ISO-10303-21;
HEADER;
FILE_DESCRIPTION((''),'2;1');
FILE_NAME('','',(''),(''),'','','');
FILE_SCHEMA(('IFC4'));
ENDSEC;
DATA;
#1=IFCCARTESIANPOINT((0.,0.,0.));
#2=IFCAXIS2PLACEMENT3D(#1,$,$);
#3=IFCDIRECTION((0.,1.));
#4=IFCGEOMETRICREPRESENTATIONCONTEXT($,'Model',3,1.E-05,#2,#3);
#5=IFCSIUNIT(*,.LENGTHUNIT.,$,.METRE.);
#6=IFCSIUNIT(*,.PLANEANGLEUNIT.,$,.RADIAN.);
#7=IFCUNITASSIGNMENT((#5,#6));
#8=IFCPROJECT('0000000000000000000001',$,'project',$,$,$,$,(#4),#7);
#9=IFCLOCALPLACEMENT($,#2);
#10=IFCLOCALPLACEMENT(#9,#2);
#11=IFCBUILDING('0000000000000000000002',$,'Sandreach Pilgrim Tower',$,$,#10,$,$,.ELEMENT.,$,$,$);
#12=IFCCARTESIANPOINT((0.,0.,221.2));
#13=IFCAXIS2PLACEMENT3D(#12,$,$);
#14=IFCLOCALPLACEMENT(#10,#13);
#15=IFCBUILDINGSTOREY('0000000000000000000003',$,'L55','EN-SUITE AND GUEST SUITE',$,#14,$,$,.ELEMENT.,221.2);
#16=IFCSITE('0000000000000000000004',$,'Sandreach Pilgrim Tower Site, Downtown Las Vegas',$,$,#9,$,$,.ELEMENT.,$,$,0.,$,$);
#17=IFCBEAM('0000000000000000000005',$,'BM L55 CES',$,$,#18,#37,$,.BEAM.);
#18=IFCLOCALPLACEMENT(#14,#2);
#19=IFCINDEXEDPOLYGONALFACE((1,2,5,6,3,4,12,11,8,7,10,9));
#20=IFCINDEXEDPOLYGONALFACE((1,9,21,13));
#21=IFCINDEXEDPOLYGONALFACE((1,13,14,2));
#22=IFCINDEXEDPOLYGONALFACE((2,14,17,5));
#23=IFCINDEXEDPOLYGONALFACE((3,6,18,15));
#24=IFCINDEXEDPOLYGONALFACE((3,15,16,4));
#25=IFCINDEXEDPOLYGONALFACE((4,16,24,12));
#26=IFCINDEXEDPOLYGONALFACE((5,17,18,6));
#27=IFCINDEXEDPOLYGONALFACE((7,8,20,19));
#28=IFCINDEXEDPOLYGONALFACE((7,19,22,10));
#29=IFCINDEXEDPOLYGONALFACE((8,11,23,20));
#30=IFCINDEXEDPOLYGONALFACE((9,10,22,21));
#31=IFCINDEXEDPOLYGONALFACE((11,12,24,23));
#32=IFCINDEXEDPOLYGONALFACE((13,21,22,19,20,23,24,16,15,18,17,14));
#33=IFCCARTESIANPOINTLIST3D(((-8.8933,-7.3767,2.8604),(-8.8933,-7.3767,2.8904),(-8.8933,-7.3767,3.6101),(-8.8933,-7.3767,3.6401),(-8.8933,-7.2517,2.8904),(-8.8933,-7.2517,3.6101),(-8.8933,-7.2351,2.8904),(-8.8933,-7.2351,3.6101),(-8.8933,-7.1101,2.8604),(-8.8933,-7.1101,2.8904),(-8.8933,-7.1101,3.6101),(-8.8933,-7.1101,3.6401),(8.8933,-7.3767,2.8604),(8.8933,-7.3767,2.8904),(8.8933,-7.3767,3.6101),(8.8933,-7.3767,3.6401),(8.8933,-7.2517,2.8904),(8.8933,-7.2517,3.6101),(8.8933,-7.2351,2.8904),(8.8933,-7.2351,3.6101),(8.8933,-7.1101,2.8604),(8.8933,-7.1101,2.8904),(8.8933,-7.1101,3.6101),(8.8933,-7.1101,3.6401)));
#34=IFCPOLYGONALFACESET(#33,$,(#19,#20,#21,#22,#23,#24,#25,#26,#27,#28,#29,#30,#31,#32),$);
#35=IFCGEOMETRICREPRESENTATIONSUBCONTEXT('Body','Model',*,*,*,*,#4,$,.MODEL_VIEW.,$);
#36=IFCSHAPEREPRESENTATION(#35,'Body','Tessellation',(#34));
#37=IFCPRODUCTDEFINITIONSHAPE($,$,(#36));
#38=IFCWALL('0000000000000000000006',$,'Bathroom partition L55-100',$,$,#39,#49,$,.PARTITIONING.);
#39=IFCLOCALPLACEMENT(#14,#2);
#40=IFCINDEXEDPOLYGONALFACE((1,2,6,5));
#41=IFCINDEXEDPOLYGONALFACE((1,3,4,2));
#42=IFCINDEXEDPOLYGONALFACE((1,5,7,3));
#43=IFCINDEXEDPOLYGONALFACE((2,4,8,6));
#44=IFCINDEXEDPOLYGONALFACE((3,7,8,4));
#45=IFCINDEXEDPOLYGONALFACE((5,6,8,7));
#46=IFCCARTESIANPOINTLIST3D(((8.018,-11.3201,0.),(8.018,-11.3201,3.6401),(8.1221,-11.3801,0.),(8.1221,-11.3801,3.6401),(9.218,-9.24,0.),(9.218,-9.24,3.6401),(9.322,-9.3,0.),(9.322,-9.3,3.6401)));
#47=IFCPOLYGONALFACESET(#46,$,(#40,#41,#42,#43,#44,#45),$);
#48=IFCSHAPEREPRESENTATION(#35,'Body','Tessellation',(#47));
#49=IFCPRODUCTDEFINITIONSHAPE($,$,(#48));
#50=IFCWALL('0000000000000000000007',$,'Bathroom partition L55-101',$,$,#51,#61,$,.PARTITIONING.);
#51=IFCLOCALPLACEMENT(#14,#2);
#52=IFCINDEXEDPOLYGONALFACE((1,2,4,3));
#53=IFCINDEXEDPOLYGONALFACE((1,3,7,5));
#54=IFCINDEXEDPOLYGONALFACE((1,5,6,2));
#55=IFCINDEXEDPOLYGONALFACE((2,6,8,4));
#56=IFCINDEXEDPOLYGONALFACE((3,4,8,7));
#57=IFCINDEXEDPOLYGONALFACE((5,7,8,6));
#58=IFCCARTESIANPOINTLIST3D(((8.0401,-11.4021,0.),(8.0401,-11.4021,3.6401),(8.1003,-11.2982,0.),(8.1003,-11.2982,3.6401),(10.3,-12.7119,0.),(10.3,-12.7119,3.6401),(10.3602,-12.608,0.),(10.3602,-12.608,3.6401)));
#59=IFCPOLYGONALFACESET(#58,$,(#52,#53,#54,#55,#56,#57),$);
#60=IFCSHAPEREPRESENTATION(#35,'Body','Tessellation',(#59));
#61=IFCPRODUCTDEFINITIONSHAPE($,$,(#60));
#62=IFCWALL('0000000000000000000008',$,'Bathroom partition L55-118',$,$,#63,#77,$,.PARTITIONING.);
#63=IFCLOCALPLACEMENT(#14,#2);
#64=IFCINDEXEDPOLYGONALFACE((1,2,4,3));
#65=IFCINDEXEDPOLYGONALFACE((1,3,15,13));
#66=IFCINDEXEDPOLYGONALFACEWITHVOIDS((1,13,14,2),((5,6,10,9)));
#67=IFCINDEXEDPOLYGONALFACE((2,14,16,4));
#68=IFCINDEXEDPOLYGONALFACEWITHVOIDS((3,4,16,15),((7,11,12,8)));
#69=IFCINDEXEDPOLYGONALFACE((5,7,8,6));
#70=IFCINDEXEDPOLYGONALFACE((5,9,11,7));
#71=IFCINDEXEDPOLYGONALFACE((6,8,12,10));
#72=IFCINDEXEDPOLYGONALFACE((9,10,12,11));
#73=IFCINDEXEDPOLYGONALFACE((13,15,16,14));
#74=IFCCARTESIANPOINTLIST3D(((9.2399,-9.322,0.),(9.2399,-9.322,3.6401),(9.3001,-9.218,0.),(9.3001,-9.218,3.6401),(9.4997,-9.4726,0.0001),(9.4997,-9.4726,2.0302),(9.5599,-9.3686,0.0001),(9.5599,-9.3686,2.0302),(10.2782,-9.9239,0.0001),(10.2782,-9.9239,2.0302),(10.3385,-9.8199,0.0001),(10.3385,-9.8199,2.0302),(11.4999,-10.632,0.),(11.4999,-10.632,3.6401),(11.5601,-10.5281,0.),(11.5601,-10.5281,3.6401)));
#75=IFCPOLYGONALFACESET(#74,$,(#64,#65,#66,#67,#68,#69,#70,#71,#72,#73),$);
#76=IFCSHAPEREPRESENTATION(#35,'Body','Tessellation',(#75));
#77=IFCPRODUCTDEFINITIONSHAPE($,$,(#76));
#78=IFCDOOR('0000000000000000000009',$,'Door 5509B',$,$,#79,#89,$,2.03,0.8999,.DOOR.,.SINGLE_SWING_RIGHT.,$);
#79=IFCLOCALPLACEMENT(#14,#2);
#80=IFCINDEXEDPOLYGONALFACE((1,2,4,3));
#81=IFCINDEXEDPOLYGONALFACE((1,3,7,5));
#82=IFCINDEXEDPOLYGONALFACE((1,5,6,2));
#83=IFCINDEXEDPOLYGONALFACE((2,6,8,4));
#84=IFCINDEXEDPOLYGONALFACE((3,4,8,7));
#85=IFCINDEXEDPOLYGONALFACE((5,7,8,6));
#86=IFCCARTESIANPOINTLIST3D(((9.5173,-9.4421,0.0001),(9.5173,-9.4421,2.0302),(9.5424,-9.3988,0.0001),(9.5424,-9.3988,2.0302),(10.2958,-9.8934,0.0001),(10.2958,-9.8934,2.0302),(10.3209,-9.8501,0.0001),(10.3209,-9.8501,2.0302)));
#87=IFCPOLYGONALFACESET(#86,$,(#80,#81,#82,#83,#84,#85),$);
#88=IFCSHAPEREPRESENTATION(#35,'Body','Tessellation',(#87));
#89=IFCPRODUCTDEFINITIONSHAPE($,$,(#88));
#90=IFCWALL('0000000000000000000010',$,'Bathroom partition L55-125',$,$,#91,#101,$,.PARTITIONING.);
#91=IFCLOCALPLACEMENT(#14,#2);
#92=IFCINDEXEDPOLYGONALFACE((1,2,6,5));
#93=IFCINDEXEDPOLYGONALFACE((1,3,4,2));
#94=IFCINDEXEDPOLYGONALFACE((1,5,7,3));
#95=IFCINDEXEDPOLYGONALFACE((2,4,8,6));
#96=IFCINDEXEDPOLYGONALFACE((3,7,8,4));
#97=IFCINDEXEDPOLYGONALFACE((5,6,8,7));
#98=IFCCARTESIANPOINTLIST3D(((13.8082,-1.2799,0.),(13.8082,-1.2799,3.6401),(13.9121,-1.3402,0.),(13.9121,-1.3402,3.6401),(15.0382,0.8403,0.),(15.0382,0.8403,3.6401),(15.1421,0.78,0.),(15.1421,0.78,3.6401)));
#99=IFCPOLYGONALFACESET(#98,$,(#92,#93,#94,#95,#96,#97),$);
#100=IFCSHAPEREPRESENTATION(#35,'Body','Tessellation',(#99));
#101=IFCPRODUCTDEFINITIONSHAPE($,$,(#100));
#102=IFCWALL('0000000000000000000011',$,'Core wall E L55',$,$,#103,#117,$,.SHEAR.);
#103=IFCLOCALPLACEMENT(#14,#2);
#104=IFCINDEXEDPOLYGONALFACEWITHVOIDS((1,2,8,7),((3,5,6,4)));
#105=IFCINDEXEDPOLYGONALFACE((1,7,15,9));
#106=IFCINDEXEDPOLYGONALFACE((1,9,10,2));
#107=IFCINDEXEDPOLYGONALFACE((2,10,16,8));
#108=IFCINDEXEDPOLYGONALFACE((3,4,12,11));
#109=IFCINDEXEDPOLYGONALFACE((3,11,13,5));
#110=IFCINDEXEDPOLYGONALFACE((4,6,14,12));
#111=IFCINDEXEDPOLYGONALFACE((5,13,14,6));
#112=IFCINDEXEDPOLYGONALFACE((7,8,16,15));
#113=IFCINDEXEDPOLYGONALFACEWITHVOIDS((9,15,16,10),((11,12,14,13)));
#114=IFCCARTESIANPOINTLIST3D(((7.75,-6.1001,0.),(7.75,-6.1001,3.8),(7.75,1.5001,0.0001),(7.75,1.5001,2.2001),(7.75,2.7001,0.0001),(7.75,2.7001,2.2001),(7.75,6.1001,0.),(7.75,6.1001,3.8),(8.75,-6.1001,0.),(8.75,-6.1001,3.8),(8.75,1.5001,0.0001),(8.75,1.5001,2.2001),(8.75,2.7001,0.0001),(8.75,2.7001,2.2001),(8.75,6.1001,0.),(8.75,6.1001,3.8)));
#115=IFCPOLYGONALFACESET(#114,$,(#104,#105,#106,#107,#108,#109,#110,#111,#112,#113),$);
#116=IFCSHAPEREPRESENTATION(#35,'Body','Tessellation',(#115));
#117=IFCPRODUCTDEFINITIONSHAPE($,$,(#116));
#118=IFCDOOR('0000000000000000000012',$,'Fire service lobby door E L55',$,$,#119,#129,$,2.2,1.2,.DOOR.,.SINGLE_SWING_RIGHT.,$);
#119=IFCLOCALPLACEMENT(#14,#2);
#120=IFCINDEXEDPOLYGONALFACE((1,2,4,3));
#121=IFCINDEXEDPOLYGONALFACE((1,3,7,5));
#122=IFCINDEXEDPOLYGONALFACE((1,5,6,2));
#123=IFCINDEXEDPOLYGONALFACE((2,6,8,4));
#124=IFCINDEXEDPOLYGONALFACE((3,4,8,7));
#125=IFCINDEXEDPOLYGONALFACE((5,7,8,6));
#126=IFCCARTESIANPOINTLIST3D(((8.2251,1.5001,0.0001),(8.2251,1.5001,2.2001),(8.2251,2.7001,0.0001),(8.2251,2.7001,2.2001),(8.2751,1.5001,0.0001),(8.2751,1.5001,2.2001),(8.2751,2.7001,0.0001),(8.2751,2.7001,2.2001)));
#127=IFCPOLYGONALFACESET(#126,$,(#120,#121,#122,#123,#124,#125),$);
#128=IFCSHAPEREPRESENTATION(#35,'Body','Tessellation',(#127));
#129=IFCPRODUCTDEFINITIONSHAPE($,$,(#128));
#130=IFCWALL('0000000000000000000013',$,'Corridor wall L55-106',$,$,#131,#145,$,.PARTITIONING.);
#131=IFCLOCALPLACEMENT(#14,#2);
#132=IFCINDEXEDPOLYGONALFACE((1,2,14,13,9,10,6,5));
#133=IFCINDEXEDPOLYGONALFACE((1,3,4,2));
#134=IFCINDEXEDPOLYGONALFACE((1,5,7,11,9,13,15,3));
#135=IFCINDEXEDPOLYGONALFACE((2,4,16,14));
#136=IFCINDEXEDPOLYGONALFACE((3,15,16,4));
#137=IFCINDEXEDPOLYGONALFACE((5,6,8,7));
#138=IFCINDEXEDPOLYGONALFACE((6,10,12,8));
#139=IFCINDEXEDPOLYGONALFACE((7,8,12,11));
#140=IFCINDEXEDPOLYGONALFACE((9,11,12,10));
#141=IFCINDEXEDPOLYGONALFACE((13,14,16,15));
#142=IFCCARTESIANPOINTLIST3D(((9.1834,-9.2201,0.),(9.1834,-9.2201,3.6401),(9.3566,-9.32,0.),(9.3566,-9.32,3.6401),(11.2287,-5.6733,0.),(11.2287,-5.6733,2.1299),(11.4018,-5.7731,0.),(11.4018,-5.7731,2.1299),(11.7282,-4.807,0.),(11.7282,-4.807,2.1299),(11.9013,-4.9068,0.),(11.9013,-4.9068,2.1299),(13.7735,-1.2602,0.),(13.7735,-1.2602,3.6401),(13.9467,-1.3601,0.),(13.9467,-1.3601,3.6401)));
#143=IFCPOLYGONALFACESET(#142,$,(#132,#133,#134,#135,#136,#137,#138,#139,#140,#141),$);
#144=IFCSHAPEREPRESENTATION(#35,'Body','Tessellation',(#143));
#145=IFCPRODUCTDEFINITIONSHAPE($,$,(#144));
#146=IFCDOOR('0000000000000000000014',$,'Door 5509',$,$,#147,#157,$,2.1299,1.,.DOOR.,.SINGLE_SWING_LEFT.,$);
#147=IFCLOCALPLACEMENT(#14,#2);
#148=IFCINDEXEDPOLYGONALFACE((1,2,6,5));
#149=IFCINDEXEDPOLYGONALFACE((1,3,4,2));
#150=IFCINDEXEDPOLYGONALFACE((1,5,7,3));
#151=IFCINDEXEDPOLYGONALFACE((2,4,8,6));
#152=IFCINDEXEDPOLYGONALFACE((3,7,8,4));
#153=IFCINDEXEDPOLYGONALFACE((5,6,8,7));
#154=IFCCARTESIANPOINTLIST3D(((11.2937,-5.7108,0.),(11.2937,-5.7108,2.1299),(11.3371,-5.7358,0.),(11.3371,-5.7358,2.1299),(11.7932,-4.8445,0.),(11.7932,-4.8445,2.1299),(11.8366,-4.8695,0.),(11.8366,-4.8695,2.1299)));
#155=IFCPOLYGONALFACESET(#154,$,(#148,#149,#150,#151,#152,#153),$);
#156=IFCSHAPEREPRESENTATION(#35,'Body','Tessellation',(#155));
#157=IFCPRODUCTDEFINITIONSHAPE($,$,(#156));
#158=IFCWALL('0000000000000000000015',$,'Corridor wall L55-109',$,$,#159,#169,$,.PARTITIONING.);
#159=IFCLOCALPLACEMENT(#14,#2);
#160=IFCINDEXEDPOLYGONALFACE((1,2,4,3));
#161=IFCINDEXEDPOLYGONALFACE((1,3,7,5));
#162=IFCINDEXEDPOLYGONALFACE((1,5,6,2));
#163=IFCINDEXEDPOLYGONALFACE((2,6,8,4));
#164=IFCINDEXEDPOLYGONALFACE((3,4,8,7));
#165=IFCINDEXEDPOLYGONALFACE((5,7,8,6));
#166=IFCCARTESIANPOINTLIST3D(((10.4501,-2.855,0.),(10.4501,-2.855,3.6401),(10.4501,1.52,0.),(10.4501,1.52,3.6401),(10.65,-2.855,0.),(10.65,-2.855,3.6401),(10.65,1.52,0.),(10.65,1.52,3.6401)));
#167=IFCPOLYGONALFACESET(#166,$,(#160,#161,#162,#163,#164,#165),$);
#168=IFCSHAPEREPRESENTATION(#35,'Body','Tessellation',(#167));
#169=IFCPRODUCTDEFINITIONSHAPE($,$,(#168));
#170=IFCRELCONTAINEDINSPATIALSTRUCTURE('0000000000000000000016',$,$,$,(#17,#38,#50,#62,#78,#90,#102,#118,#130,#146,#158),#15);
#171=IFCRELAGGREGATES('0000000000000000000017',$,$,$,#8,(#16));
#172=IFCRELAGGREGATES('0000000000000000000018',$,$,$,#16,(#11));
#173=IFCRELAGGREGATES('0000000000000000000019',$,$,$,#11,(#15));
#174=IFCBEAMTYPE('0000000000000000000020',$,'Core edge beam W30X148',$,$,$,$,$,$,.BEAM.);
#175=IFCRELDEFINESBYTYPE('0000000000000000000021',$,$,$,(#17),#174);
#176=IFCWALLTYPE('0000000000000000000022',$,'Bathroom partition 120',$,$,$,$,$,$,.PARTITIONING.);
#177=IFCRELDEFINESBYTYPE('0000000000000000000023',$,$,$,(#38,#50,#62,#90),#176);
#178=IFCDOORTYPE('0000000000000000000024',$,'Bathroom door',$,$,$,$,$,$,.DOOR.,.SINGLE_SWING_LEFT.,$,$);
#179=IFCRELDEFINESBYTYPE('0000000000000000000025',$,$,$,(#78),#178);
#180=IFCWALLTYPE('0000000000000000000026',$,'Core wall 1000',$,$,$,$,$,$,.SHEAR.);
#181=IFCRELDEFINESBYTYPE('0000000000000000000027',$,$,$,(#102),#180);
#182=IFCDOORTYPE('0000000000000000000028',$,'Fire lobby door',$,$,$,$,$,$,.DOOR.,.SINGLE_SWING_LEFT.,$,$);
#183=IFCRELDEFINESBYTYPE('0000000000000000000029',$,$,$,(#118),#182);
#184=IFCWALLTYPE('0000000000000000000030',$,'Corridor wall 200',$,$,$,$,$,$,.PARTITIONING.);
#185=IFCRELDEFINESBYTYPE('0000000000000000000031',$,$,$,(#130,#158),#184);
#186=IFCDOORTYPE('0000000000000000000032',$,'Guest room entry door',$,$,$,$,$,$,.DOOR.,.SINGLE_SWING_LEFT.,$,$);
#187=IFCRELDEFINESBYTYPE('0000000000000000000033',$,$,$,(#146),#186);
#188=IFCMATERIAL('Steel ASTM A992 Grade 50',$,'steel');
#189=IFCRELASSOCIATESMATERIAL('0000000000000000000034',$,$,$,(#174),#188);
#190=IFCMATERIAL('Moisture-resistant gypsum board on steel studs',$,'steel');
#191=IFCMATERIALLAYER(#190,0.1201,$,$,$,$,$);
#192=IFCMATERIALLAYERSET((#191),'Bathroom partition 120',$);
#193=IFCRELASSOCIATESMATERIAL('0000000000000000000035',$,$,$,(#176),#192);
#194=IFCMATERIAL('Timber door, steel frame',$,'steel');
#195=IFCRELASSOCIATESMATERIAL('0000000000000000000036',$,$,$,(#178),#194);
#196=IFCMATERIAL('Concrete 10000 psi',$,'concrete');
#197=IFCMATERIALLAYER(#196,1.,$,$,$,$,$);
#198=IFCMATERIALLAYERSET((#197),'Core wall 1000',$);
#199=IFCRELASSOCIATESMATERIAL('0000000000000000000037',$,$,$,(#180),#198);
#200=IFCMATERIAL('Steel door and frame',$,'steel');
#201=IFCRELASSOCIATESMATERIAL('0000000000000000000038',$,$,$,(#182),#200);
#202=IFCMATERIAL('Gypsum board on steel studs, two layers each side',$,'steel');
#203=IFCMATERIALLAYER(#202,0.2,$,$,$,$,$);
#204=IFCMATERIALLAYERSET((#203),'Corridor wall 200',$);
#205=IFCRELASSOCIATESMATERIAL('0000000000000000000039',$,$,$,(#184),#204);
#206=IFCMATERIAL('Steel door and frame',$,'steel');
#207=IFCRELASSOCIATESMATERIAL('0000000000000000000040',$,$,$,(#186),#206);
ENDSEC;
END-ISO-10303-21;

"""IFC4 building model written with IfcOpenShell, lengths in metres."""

from ifc_helpers import new_model, si_unit, direction, frame, frame_2d, origin, origin_2d, place, context, subcontext, project, spatial, rectangle, i_section, extrude, material, layer, layer_set, material_profile, profile_set, type_object, element, fill, save


model = new_model("IFC4")

# Units and contexts
model_context = context("Model", 3, precision=1e-05, world=origin(), true_north=direction((0.0, 1.0)))
body_context = subcontext(model_context, "Body", "Model", "MODEL_VIEW")
ifc_project = project(units=[si_unit("LENGTHUNIT", "METRE"), si_unit("PLANEANGLEUNIT", "RADIAN")], contexts=[model_context])

# Site, building, storey
site_placement = place(None, origin())
site = spatial("IfcSite", under=ifc_project, at=site_placement, Name="Sandreach Pilgrim Tower Site, Downtown Las Vegas", CompositionType="ELEMENT", RefElevation=0.0)
building_placement = place(site_placement, origin())
building = spatial("IfcBuilding", under=site, at=building_placement, Name="Sandreach Pilgrim Tower", CompositionType="ELEMENT")
storey_placement = place(building_placement, frame((0.0, 0.0, 221.2)))
storey = spatial("IfcBuildingStorey", under=building, at=storey_placement, Name="L55", Description="EN-SUITE AND GUEST SUITE", CompositionType="ELEMENT", Elevation=221.2)

# Beam
ifc_material_1 = material(Name="Steel ASTM A992 Grade 50", Category="steel")
ifc_material_profile = material_profile(ifc_material_1, i_section(OverallWidth=0.2666, OverallDepth=0.7798, WebThickness=0.0166, FlangeThickness=0.03, at=origin_2d()), Name="W30X148")
ifc_profile_set = profile_set([ifc_material_profile], Name="Steel ASTM A992 Grade 50")
beam_type = type_object("IfcBeamType", Name="Core edge beam W30X148", PredefinedType="BEAM", material=ifc_profile_set)
beam_placement = place(storey_placement, frame((8.8933, -7.2434, 3.2502), z_axis=(-1.0, 0.0, 0.0), x_axis=(0.0, -1.0, 0.0)))
element("IfcBeam", 1, at=beam_placement, inside=storey, type_object=beam_type, Name="BM L55 CES", PredefinedType="BEAM", context=body_context, shape_type="SweptSolid", body=[
    extrude(i_section(OverallWidth=0.2666, OverallDepth=0.7798, WebThickness=0.0166, FlangeThickness=0.03, at=origin_2d()), origin(), (0.0, 0.0, 1.0), 17.7866),
])

# Walls
ifc_material_2 = material(Name="Moisture-resistant gypsum board on steel studs", Category="steel")
ifc_layer_1 = layer(ifc_material_2, 0.1201)
ifc_layer_set_1 = layer_set([ifc_layer_1], Name="Bathroom partition 120")
wall_type_1 = type_object("IfcWallType", Name="Bathroom partition 120", PredefinedType="PARTITIONING", material=ifc_layer_set_1)
wall_1_placement = place(storey_placement, frame((8.0701, -11.3501, 0.0), z_axis=(0.0, 0.0, 1.0), x_axis=(0.499693, 0.866203, 0.0)))
element("IfcWall", 2, at=wall_1_placement, inside=storey, type_object=wall_type_1, Name="Bathroom partition L55-100", PredefinedType="PARTITIONING", context=body_context, shape_type="SweptSolid", body=[
    extrude(rectangle(XDim=2.4014, YDim=0.1201, at=frame_2d((1.2007, 0.0))), origin(), (0.0, 0.0, 1.0), 3.6401),
])
wall_2_placement = place(storey_placement, frame((8.0701, -11.3501, 0.0), z_axis=(0.0, 0.0, 1.0), x_axis=(0.865196, -0.501434, 0.0)))
element("IfcWall", 3, at=wall_2_placement, inside=storey, type_object=wall_type_1, Name="Bathroom partition L55-101", PredefinedType="PARTITIONING", context=body_context, shape_type="SweptSolid", body=[
    extrude(rectangle(XDim=2.6121, YDim=0.1201, at=frame_2d((1.3062, 0.0))), origin(), (0.0, 0.0, 1.0), 3.6401),
])

# Wall, opening, door
wall_3_placement = place(storey_placement, frame((11.53, -10.5801, 0.0), z_axis=(0.0, 0.0, 1.0), x_axis=(-0.865155, 0.501504, 0.0)))
wall_3 = element("IfcWall", 4, at=wall_3_placement, inside=storey, type_object=wall_type_1, Name="Bathroom partition L55-118", PredefinedType="PARTITIONING", context=body_context, shape_type="SweptSolid", body=[
    extrude(rectangle(XDim=2.6123, YDim=0.1201, at=frame_2d((1.3062, 0.0))), origin(), (0.0, 0.0, 1.0), 3.6401),
])
opening_1_placement = place(wall_3_placement, frame((1.4121, 0.0, 0.0)))
opening_1 = element("IfcOpeningElement", 5, at=opening_1_placement, cuts=wall_3, PredefinedType="OPENING", context=body_context, shape_type="SweptSolid", body=[
    extrude(rectangle(XDim=0.8999, YDim=2.03, at=frame_2d((0.45, 1.0151))), frame((0.0, 0.0601, 0.0), z_axis=(0.0, -1.0, 0.0), x_axis=(1.0, 0.0, 0.0)), (0.0, 0.0, 1.0), 0.1201),
])
ifc_material_3 = material(Name="Timber door, steel frame", Category="steel")
door_type_1 = type_object("IfcDoorType", Name="Bathroom door", OperationType="SINGLE_SWING_LEFT", PredefinedType="DOOR", material=ifc_material_3)
door_1_placement = place(opening_1_placement, origin())
door_1 = element("IfcDoor", 6, at=door_1_placement, inside=storey, type_object=door_type_1, Name="Door 5509B", OperationType="SINGLE_SWING_RIGHT", OverallHeight=2.03, OverallWidth=0.8999, PredefinedType="DOOR", context=body_context, shape_type="SweptSolid", body=[
    extrude(rectangle(XDim=0.8999, YDim=2.03, at=frame_2d((0.45, 1.0151))), frame((0.0, 0.0249, 0.0), z_axis=(0.0, -1.0, 0.0), x_axis=(1.0, 0.0, 0.0)), (0.0, 0.0, 1.0), 0.05),
])
fill(opening_1, door_1)

# Wall
wall_4_placement = place(storey_placement, frame((13.8601, -1.3101, 0.0), z_axis=(0.0, 0.0, 1.0), x_axis=(0.501813, 0.864976, 0.0)))
element("IfcWall", 7, at=wall_4_placement, inside=storey, type_object=wall_type_1, Name="Bathroom partition L55-125", PredefinedType="PARTITIONING", context=body_context, shape_type="SweptSolid", body=[
    extrude(rectangle(XDim=2.4512, YDim=0.1201, at=frame_2d((1.2256, 0.0))), origin(), (0.0, 0.0, 1.0), 3.6401),
])

# Walls, openings, doors
ifc_material_4 = material(Name="Concrete 10000 psi", Category="concrete")
ifc_layer_2 = layer(ifc_material_4, 1.0)
ifc_layer_set_2 = layer_set([ifc_layer_2], Name="Core wall 1000")
wall_type_2 = type_object("IfcWallType", Name="Core wall 1000", PredefinedType="SHEAR", material=ifc_layer_set_2)
wall_5_placement = place(storey_placement, frame((8.25, -6.1001, 0.0), z_axis=(0.0, 0.0, 1.0), x_axis=(0.0, 1.0, 0.0)))
wall_5 = element("IfcWall", 8, at=wall_5_placement, inside=storey, type_object=wall_type_2, Name="Core wall E L55", PredefinedType="SHEAR", context=body_context, shape_type="SweptSolid", body=[
    extrude(rectangle(XDim=12.2002, YDim=1.0, at=frame_2d((6.1001, 0.0))), origin(), (0.0, 0.0, 1.0), 3.8),
])
opening_2_placement = place(wall_5_placement, frame((7.6001, 0.0, 0.0)))
opening_2 = element("IfcOpeningElement", 9, at=opening_2_placement, cuts=wall_5, PredefinedType="OPENING", context=body_context, shape_type="SweptSolid", body=[
    extrude(rectangle(XDim=1.2, YDim=2.2, at=frame_2d((0.6001, 1.1001))), frame((0.0, 0.5, 0.0), z_axis=(0.0, -1.0, 0.0), x_axis=(1.0, 0.0, 0.0)), (0.0, 0.0, 1.0), 1.0),
])
ifc_material_5 = material(Name="Steel door and frame", Category="steel")
door_type_2 = type_object("IfcDoorType", Name="Fire lobby door", OperationType="SINGLE_SWING_LEFT", PredefinedType="DOOR", material=ifc_material_5)
door_2_placement = place(opening_2_placement, origin())
door_2 = element("IfcDoor", 10, at=door_2_placement, inside=storey, type_object=door_type_2, Name="Fire service lobby door E L55", OperationType="SINGLE_SWING_RIGHT", OverallHeight=2.2, OverallWidth=1.2, PredefinedType="DOOR", context=body_context, shape_type="SweptSolid", body=[
    extrude(rectangle(XDim=1.2, YDim=2.2, at=frame_2d((0.6001, 1.1001))), frame((0.0, 0.0249, 0.0), z_axis=(0.0, -1.0, 0.0), x_axis=(1.0, 0.0, 0.0)), (0.0, 0.0, 1.0), 0.05),
])
fill(opening_2, door_2)
ifc_material_6 = material(Name="Gypsum board on steel studs, two layers each side", Category="steel")
ifc_layer_3 = layer(ifc_material_6, 0.2)
ifc_layer_set_3 = layer_set([ifc_layer_3], Name="Corridor wall 200")
wall_type_3 = type_object("IfcWallType", Name="Corridor wall 200", PredefinedType="PARTITIONING", material=ifc_layer_set_3)
ifc_material_7 = material(Name="Steel door and frame", Category="steel")
door_type_3 = type_object("IfcDoorType", Name="Guest room entry door", OperationType="SINGLE_SWING_LEFT", PredefinedType="DOOR", material=ifc_material_7)
wall_6_placement = place(storey_placement, frame((9.27, -9.27, 0.0), z_axis=(0.0, 0.0, 1.0), x_axis=(0.499543, 0.866289, 0.0)))
wall_6 = element("IfcWall", 11, at=wall_6_placement, inside=storey, type_object=wall_type_3, Name="Corridor wall L55-106", PredefinedType="PARTITIONING", context=body_context, shape_type="SweptSolid", body=[
    extrude(rectangle(XDim=9.1885, YDim=0.2, at=frame_2d((4.5942, 0.0))), origin(), (0.0, 0.0, 1.0), 3.6401),
])
opening_3_placement = place(wall_6_placement, frame((4.0942, 0.0, 0.0)))
opening_3 = element("IfcOpeningElement", 12, at=opening_3_placement, cuts=wall_6, PredefinedType="OPENING", context=body_context, shape_type="SweptSolid", body=[
    extrude(rectangle(XDim=1.0, YDim=2.1299, at=frame_2d((0.5, 1.0649))), frame((0.0, 0.1001, 0.0), z_axis=(0.0, -1.0, 0.0), x_axis=(1.0, 0.0, 0.0)), (0.0, 0.0, 1.0), 0.2),
])
door_3_placement = place(opening_3_placement, origin())
door_3 = element("IfcDoor", 13, at=door_3_placement, inside=storey, type_object=door_type_3, Name="Door 5509", OperationType="SINGLE_SWING_LEFT", OverallHeight=2.1299, OverallWidth=1.0, PredefinedType="DOOR", context=body_context, shape_type="SweptSolid", body=[
    extrude(rectangle(XDim=1.0, YDim=2.1299, at=frame_2d((0.5, 1.0649))), frame((0.0, 0.0249, 0.0), z_axis=(0.0, -1.0, 0.0), x_axis=(1.0, 0.0, 0.0)), (0.0, 0.0, 1.0), 0.05),
])
fill(opening_3, door_3)

# Wall
wall_7_placement = place(storey_placement, frame((10.55, -2.855, 0.0), z_axis=(0.0, 0.0, 1.0), x_axis=(0.0, 1.0, 0.0)))
element("IfcWall", 14, at=wall_7_placement, inside=storey, type_object=wall_type_3, Name="Corridor wall L55-109", PredefinedType="PARTITIONING", context=body_context, shape_type="SweptSolid", body=[
    extrude(rectangle(XDim=4.375, YDim=0.2, at=frame_2d((2.1875, 0.0))), origin(), (0.0, 0.0, 1.0), 3.6401),
])

save(model, "model.ifc")
